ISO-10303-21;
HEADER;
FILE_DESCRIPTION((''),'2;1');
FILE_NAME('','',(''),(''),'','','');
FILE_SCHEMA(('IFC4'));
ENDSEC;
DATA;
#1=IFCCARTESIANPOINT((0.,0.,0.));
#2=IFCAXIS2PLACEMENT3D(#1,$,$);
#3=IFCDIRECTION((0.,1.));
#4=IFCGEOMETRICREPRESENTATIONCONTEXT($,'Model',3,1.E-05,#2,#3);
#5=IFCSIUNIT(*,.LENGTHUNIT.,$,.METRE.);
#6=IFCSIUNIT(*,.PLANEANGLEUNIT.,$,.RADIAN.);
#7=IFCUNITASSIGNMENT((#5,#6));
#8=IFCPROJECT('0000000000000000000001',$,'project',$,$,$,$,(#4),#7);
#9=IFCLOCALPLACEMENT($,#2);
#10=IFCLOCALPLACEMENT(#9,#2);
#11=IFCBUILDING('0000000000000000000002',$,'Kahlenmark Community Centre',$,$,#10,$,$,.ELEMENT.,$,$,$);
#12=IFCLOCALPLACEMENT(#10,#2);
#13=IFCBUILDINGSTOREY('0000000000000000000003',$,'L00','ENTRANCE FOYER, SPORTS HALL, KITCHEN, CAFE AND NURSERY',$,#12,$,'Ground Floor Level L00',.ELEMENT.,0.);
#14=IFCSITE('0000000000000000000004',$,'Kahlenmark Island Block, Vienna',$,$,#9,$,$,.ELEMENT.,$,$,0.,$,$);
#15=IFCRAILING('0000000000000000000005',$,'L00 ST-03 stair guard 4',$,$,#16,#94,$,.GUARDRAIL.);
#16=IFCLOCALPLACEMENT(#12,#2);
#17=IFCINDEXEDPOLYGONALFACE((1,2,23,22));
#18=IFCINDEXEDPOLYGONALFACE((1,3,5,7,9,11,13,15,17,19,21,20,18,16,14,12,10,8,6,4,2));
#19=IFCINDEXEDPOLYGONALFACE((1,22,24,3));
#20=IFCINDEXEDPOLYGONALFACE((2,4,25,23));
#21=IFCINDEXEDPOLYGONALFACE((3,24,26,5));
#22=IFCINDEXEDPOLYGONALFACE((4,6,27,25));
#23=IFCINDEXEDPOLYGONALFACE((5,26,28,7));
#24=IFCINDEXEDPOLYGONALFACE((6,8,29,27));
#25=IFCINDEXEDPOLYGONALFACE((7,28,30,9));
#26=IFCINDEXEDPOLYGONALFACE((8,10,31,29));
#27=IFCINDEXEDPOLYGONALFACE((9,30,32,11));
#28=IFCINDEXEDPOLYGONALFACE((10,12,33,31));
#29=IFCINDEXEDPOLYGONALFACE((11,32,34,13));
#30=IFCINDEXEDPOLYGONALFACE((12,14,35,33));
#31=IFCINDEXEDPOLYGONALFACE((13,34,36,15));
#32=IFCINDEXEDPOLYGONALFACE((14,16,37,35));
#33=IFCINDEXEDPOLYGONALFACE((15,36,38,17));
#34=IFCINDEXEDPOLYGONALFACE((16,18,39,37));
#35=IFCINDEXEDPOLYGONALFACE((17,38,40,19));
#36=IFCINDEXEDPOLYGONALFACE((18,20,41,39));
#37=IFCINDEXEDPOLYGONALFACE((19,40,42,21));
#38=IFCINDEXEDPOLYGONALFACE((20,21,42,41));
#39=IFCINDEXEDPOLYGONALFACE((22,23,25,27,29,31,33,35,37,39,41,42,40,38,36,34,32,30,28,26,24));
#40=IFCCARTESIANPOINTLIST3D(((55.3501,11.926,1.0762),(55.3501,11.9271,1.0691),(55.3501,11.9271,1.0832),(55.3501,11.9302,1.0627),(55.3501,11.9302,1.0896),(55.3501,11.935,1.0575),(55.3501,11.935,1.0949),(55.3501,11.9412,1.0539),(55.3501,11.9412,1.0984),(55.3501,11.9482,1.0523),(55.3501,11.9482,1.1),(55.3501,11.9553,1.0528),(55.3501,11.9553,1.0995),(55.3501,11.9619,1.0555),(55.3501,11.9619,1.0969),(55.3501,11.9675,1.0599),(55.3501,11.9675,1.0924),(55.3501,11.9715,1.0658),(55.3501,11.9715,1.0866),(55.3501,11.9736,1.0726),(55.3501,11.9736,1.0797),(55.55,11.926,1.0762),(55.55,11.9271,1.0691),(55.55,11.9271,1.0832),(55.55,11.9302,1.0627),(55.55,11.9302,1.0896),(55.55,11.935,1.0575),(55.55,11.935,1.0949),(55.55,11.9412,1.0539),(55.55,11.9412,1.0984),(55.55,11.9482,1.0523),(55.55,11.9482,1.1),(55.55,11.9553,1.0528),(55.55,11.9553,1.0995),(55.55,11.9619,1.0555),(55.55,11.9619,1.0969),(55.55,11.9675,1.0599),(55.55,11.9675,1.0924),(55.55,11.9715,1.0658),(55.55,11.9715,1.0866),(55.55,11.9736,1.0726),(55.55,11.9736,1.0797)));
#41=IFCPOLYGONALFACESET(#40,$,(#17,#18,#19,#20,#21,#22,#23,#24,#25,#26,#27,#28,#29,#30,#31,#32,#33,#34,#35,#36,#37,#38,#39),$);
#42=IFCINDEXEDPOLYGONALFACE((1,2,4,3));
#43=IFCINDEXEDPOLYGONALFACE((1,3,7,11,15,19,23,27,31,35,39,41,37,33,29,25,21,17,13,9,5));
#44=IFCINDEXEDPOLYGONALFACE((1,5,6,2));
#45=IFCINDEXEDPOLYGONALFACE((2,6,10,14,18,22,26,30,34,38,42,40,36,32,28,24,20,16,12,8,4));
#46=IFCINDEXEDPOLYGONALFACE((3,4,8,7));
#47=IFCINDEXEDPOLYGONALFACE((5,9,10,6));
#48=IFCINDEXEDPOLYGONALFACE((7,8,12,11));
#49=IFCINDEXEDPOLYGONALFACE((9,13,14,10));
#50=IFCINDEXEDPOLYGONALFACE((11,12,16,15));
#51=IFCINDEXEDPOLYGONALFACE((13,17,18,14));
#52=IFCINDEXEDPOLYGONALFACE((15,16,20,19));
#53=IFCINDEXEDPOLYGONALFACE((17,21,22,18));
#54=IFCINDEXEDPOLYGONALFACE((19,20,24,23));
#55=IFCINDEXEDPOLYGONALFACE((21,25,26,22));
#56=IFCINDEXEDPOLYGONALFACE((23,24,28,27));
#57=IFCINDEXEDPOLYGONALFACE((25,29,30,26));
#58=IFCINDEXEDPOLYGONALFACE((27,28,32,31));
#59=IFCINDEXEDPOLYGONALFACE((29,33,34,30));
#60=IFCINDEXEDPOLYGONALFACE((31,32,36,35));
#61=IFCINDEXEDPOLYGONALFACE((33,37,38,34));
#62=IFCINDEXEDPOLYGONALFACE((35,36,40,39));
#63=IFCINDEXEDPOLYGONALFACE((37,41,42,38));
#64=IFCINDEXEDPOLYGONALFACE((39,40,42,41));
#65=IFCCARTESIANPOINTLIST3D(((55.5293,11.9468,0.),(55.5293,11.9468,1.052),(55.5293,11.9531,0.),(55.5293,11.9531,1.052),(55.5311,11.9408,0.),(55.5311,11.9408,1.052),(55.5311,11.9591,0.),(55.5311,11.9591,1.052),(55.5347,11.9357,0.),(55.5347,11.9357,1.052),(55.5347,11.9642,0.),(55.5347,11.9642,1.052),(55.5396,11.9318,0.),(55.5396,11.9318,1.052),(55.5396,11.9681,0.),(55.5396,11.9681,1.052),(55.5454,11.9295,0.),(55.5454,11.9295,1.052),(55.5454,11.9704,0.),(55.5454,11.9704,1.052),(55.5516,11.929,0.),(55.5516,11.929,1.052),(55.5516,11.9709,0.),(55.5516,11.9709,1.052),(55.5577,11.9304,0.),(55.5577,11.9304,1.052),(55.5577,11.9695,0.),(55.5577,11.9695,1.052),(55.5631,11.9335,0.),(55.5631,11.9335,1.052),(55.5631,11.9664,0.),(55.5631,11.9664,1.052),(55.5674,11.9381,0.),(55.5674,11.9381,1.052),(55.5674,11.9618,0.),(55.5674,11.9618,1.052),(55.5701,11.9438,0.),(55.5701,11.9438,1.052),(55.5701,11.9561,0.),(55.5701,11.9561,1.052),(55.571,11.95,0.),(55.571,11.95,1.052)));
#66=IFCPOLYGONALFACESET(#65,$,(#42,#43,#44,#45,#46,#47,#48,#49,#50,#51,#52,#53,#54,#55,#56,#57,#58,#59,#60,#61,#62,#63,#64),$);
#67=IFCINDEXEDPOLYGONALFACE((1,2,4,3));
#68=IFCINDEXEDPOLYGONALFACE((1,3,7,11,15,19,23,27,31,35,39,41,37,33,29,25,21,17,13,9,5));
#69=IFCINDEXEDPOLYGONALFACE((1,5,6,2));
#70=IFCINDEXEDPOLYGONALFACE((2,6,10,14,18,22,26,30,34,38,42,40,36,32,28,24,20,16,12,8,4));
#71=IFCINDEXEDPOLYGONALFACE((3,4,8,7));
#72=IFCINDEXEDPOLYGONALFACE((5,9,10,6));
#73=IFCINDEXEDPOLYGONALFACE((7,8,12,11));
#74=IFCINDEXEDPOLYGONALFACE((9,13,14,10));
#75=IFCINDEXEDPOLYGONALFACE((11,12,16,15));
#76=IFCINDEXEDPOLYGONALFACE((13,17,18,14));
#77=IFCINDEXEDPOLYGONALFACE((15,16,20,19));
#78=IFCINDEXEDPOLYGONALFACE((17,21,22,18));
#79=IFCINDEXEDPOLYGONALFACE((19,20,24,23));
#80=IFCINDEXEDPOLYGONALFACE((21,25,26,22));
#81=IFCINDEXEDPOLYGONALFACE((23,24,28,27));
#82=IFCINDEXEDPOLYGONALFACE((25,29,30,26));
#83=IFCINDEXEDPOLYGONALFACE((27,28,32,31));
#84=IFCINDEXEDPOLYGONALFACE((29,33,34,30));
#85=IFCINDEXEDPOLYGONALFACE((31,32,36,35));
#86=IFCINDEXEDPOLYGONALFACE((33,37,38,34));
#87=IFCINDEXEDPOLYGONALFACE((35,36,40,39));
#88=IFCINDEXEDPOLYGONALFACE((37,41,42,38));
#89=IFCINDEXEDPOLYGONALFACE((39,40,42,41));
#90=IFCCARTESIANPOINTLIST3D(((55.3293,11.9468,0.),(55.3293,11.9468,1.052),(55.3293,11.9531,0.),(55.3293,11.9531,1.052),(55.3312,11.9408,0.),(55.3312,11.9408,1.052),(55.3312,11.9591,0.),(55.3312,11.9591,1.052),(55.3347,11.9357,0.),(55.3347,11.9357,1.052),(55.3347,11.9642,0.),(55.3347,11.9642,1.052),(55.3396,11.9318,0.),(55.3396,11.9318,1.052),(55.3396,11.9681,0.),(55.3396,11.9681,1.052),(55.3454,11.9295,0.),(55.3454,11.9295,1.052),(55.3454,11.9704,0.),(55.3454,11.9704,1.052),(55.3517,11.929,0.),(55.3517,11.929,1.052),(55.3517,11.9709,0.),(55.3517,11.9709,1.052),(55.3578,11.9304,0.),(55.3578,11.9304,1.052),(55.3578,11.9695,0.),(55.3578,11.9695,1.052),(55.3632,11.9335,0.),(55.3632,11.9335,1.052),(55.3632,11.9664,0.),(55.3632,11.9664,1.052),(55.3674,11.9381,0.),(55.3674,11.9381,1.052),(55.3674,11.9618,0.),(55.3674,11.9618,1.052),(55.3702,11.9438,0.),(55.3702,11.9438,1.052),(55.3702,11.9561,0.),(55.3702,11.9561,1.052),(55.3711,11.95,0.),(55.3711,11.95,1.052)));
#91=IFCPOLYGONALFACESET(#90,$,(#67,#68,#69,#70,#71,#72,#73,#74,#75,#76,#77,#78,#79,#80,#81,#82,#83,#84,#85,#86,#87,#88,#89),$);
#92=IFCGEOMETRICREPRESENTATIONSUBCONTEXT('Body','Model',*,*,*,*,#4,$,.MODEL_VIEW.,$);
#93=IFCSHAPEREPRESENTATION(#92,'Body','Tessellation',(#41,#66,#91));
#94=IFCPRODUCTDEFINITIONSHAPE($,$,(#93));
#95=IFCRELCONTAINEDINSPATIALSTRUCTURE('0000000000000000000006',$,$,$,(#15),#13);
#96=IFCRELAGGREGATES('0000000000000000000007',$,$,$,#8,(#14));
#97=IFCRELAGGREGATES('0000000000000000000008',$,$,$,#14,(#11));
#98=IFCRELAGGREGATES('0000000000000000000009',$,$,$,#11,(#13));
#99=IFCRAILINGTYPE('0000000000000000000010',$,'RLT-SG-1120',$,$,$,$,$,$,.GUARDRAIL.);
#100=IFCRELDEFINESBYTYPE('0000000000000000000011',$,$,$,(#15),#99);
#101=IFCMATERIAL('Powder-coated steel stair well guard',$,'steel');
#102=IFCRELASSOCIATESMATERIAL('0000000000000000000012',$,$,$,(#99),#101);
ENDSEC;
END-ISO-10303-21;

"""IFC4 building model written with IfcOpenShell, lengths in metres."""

from ifc_helpers import new_model, si_unit, direction, frame, origin, origin_2d, place, context, subcontext, project, spatial, circle, extrude, material, type_object, element, save


model = new_model("IFC4")

# Units and contexts
model_context = context("Model", 3, precision=1e-05, world=origin(), true_north=direction((0.0, 1.0)))
body_context = subcontext(model_context, "Body", "Model", "MODEL_VIEW")
ifc_project = project(units=[si_unit("LENGTHUNIT", "METRE"), si_unit("PLANEANGLEUNIT", "RADIAN")], contexts=[model_context])

# Site, building, storey
site_placement = place(None, origin())
site = spatial("IfcSite", under=ifc_project, at=site_placement, Name="Kahlenmark Island Block, Vienna", CompositionType="ELEMENT", RefElevation=0.0)
building_placement = place(site_placement, origin())
building = spatial("IfcBuilding", under=site, at=building_placement, Name="Kahlenmark Community Centre", CompositionType="ELEMENT")
storey_placement = place(building_placement, origin())
storey = spatial("IfcBuildingStorey", under=building, at=storey_placement, Name="L00", Description="ENTRANCE FOYER, SPORTS HALL, KITCHEN, CAFE AND NURSERY", LongName="Ground Floor Level L00", CompositionType="ELEMENT", Elevation=0.0)

# Railing
ifc_material_1 = material(Name="Powder-coated steel stair well guard", Category="steel")
railing_type_1 = type_object("IfcRailingType", Name="RLT-SG-1120", PredefinedType="GUARDRAIL", material=ifc_material_1)
railing_1_placement = place(storey_placement, frame((55.55, 11.95, 0.0)))
element("IfcRailing", 1, at=railing_1_placement, inside=storey, type_object=railing_type_1, Name="L00 ST-03 stair guard 4", PredefinedType="GUARDRAIL", context=body_context, shape_type="SweptSolid", body=[
    extrude(circle(Radius=0.0239, at=origin_2d()), frame((0.0, 0.0, 1.0762), z_axis=(-1.0, 0.0, 0.0), x_axis=(0.0, -1.0, 0.0)), (0.0, 0.0, 1.0), 0.2),
    extrude(circle(Radius=0.021, at=origin_2d()), origin(), (0.0, 0.0, 1.0), 1.052),
    extrude(circle(Radius=0.021, at=origin_2d()), frame((-0.2, 0.0, 0.0)), (0.0, 0.0, 1.0), 1.052),
])

save(model, "model.ifc")
